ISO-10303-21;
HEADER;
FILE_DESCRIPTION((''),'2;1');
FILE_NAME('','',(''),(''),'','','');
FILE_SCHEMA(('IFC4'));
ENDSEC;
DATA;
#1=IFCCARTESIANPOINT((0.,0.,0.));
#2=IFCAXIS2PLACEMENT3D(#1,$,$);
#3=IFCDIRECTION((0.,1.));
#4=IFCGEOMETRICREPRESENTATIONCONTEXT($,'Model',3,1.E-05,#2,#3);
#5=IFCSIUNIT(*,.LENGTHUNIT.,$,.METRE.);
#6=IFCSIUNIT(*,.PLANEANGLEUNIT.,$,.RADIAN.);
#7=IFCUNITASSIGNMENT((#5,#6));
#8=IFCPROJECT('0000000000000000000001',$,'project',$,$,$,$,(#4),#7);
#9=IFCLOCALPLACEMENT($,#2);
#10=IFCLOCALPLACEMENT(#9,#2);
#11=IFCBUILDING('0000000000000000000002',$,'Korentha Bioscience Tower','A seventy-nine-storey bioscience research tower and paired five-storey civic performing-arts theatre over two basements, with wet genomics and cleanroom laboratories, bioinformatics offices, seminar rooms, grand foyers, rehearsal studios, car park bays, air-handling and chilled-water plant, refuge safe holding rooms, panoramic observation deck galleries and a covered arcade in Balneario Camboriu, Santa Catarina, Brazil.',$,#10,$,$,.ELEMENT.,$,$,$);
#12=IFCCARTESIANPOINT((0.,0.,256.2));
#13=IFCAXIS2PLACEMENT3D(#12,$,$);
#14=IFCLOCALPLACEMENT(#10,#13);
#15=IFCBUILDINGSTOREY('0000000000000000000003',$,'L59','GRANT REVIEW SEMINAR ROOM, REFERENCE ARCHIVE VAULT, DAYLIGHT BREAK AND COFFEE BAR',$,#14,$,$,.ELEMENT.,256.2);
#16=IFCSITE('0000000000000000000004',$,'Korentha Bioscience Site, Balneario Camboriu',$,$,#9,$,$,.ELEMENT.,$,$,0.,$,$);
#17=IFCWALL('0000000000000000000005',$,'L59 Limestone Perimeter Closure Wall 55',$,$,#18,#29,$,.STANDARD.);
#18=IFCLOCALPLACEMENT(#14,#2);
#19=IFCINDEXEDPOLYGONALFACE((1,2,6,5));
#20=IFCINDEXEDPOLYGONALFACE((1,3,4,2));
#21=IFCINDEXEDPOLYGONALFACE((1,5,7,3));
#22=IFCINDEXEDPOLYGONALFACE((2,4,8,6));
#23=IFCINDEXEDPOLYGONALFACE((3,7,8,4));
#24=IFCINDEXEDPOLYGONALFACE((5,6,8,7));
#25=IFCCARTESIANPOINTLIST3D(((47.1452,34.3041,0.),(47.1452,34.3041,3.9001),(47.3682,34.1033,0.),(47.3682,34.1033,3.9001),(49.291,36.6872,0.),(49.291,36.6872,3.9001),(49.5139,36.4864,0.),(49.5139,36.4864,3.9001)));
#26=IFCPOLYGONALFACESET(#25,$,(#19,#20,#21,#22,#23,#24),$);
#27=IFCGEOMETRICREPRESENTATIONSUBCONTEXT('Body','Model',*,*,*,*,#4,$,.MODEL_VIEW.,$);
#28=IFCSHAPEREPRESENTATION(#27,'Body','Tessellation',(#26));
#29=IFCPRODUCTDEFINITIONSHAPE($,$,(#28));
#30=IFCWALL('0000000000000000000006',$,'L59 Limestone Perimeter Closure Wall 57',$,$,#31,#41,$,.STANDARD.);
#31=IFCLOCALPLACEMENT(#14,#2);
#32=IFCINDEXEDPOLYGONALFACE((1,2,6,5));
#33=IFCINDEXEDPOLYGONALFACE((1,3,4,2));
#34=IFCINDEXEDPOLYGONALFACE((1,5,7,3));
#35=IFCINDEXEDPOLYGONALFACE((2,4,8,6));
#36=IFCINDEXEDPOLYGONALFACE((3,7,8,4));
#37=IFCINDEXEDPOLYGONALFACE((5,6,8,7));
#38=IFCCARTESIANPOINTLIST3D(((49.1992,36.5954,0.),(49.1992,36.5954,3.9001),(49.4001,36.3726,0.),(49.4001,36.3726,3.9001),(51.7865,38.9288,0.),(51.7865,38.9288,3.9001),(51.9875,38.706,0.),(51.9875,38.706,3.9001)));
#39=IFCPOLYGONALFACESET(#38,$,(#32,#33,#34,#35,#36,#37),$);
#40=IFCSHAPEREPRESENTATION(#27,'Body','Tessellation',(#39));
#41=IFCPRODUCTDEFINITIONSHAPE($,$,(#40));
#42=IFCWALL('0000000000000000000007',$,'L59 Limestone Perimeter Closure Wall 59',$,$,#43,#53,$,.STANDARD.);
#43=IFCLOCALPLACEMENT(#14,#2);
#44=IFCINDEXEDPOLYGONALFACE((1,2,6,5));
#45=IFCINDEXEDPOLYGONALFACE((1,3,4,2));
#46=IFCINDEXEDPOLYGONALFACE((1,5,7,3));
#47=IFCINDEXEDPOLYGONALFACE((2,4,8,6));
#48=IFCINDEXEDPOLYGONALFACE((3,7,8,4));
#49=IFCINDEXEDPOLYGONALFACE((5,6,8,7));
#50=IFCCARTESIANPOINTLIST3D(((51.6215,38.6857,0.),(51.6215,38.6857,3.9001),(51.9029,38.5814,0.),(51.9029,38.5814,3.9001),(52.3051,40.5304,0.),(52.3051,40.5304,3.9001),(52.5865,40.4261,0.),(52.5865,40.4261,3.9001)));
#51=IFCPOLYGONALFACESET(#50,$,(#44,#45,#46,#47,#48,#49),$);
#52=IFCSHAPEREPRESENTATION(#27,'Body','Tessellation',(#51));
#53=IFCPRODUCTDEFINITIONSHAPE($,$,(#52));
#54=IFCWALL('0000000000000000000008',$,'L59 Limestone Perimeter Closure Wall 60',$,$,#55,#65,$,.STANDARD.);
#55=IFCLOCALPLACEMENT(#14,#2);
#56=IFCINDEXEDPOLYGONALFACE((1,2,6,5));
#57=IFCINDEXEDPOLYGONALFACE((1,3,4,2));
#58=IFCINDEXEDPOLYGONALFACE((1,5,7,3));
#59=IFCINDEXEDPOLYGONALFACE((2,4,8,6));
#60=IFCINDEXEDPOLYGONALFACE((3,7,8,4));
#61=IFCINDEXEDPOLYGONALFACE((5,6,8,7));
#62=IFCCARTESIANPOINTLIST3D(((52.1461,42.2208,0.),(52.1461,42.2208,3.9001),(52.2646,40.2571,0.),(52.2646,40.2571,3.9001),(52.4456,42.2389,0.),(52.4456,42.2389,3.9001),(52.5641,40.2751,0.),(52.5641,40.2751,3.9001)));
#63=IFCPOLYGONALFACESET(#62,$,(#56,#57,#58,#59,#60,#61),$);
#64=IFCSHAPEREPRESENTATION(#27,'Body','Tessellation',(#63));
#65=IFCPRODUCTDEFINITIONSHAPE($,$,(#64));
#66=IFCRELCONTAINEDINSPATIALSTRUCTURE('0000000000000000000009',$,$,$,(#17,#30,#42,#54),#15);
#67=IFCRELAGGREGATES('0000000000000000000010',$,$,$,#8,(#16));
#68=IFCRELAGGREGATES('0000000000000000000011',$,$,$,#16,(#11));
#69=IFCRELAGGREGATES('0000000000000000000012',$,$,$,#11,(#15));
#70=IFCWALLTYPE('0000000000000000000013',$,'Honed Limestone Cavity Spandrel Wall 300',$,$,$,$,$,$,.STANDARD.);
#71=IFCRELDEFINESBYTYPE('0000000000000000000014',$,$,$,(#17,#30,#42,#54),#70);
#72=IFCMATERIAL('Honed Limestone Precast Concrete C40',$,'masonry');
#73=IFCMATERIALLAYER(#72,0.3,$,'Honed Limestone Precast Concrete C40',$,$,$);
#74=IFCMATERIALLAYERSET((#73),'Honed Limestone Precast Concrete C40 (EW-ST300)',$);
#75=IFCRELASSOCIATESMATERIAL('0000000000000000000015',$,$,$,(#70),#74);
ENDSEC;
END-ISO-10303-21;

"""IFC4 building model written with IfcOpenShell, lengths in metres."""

from ifc_helpers import new_model, si_unit, direction, frame, frame_2d, origin, place, context, subcontext, project, spatial, rectangle, extrude, material, layer, layer_set, type_object, element, save


model = new_model("IFC4")

# Units and contexts
model_context = context("Model", 3, precision=1e-05, world=origin(), true_north=direction((0.0, 1.0)))
body_context = subcontext(model_context, "Body", "Model", "MODEL_VIEW")
ifc_project = project(units=[si_unit("LENGTHUNIT", "METRE"), si_unit("PLANEANGLEUNIT", "RADIAN")], contexts=[model_context])

# Site, building, storey
site_placement = place(None, origin())
site = spatial("IfcSite", under=ifc_project, at=site_placement, Name="Korentha Bioscience Site, Balneario Camboriu", CompositionType="ELEMENT", RefElevation=0.0)
building_placement = place(site_placement, origin())
building = spatial("IfcBuilding", under=site, at=building_placement, Name="Korentha Bioscience Tower", Description="A seventy-nine-storey bioscience research tower and paired five-storey civic performing-arts theatre over two basements, with wet genomics and cleanroom laboratories, bioinformatics offices, seminar rooms, grand foyers, rehearsal studios, car park bays, air-handling and chilled-water plant, refuge safe holding rooms, panoramic observation deck galleries and a covered arcade in Balneario Camboriu, Santa Catarina, Brazil.", CompositionType="ELEMENT")
storey_placement = place(building_placement, frame((0.0, 0.0, 256.2)))
storey = spatial("IfcBuildingStorey", under=building, at=storey_placement, Name="L59", Description="GRANT REVIEW SEMINAR ROOM, REFERENCE ARCHIVE VAULT, DAYLIGHT BREAK AND COFFEE BAR", CompositionType="ELEMENT", Elevation=256.2)

# Walls
ifc_material_1 = material(Name="Honed Limestone Precast Concrete C40", Category="masonry")
ifc_layer_1 = layer(ifc_material_1, 0.3, Name="Honed Limestone Precast Concrete C40")
ifc_layer_set_1 = layer_set([ifc_layer_1], Name="Honed Limestone Precast Concrete C40 (EW-ST300)")
wall_type_1 = type_object("IfcWallType", Name="Honed Limestone Cavity Spandrel Wall 300", PredefinedType="STANDARD", material=ifc_layer_set_1)
wall_1_placement = place(storey_placement, frame((47.2566, 34.2036, 0.0), z_axis=(0.0, 0.0, 1.0), x_axis=(0.669137, 0.743139, 0.0)))
element("IfcWall", 1, at=wall_1_placement, inside=storey, type_object=wall_type_1, Name="L59 Limestone Perimeter Closure Wall 55", PredefinedType="STANDARD", context=body_context, shape_type="SweptSolid", body=[
    extrude(rectangle(XDim=3.2068, YDim=0.3, at=frame_2d((1.6035, 0.0))), origin(), (0.0, 0.0, 1.0), 3.9001),
])
wall_2_placement = place(storey_placement, frame((49.2996, 36.4839, 0.0), z_axis=(0.0, 0.0, 1.0), x_axis=(0.742604, 0.669731, 0.0)))
element("IfcWall", 2, at=wall_2_placement, inside=storey, type_object=wall_type_1, Name="L59 Limestone Perimeter Closure Wall 57", PredefinedType="STANDARD", context=body_context, shape_type="SweptSolid", body=[
    extrude(rectangle(XDim=3.4841, YDim=0.3, at=frame_2d((1.7422, 0.0))), origin(), (0.0, 0.0, 1.0), 3.9001),
])
for number, where, z_axis, x_axis, name in (
    (3, (51.7622, 38.6335, 0.0), (0.0, 0.0, 1.0), (0.347476, 0.937689, 0.0), "L59 Limestone Perimeter Closure Wall 59"),
    (4, (52.4143, 40.2661, 0.0), (0.0, 0.0, 1.0), (-0.060192, 0.998187, 0.0), "L59 Limestone Perimeter Closure Wall 60"),
):
    element("IfcWall", number, at=place(storey_placement, frame(where, z_axis=z_axis, x_axis=x_axis)), inside=storey, type_object=wall_type_1, Name=name, PredefinedType="STANDARD", context=body_context, shape_type="SweptSolid", body=[
        extrude(rectangle(XDim=1.9673, YDim=0.3, at=frame_2d((0.9836, 0.0))), origin(), (0.0, 0.0, 1.0), 3.9001),
    ])

save(model, "model.ifc")
